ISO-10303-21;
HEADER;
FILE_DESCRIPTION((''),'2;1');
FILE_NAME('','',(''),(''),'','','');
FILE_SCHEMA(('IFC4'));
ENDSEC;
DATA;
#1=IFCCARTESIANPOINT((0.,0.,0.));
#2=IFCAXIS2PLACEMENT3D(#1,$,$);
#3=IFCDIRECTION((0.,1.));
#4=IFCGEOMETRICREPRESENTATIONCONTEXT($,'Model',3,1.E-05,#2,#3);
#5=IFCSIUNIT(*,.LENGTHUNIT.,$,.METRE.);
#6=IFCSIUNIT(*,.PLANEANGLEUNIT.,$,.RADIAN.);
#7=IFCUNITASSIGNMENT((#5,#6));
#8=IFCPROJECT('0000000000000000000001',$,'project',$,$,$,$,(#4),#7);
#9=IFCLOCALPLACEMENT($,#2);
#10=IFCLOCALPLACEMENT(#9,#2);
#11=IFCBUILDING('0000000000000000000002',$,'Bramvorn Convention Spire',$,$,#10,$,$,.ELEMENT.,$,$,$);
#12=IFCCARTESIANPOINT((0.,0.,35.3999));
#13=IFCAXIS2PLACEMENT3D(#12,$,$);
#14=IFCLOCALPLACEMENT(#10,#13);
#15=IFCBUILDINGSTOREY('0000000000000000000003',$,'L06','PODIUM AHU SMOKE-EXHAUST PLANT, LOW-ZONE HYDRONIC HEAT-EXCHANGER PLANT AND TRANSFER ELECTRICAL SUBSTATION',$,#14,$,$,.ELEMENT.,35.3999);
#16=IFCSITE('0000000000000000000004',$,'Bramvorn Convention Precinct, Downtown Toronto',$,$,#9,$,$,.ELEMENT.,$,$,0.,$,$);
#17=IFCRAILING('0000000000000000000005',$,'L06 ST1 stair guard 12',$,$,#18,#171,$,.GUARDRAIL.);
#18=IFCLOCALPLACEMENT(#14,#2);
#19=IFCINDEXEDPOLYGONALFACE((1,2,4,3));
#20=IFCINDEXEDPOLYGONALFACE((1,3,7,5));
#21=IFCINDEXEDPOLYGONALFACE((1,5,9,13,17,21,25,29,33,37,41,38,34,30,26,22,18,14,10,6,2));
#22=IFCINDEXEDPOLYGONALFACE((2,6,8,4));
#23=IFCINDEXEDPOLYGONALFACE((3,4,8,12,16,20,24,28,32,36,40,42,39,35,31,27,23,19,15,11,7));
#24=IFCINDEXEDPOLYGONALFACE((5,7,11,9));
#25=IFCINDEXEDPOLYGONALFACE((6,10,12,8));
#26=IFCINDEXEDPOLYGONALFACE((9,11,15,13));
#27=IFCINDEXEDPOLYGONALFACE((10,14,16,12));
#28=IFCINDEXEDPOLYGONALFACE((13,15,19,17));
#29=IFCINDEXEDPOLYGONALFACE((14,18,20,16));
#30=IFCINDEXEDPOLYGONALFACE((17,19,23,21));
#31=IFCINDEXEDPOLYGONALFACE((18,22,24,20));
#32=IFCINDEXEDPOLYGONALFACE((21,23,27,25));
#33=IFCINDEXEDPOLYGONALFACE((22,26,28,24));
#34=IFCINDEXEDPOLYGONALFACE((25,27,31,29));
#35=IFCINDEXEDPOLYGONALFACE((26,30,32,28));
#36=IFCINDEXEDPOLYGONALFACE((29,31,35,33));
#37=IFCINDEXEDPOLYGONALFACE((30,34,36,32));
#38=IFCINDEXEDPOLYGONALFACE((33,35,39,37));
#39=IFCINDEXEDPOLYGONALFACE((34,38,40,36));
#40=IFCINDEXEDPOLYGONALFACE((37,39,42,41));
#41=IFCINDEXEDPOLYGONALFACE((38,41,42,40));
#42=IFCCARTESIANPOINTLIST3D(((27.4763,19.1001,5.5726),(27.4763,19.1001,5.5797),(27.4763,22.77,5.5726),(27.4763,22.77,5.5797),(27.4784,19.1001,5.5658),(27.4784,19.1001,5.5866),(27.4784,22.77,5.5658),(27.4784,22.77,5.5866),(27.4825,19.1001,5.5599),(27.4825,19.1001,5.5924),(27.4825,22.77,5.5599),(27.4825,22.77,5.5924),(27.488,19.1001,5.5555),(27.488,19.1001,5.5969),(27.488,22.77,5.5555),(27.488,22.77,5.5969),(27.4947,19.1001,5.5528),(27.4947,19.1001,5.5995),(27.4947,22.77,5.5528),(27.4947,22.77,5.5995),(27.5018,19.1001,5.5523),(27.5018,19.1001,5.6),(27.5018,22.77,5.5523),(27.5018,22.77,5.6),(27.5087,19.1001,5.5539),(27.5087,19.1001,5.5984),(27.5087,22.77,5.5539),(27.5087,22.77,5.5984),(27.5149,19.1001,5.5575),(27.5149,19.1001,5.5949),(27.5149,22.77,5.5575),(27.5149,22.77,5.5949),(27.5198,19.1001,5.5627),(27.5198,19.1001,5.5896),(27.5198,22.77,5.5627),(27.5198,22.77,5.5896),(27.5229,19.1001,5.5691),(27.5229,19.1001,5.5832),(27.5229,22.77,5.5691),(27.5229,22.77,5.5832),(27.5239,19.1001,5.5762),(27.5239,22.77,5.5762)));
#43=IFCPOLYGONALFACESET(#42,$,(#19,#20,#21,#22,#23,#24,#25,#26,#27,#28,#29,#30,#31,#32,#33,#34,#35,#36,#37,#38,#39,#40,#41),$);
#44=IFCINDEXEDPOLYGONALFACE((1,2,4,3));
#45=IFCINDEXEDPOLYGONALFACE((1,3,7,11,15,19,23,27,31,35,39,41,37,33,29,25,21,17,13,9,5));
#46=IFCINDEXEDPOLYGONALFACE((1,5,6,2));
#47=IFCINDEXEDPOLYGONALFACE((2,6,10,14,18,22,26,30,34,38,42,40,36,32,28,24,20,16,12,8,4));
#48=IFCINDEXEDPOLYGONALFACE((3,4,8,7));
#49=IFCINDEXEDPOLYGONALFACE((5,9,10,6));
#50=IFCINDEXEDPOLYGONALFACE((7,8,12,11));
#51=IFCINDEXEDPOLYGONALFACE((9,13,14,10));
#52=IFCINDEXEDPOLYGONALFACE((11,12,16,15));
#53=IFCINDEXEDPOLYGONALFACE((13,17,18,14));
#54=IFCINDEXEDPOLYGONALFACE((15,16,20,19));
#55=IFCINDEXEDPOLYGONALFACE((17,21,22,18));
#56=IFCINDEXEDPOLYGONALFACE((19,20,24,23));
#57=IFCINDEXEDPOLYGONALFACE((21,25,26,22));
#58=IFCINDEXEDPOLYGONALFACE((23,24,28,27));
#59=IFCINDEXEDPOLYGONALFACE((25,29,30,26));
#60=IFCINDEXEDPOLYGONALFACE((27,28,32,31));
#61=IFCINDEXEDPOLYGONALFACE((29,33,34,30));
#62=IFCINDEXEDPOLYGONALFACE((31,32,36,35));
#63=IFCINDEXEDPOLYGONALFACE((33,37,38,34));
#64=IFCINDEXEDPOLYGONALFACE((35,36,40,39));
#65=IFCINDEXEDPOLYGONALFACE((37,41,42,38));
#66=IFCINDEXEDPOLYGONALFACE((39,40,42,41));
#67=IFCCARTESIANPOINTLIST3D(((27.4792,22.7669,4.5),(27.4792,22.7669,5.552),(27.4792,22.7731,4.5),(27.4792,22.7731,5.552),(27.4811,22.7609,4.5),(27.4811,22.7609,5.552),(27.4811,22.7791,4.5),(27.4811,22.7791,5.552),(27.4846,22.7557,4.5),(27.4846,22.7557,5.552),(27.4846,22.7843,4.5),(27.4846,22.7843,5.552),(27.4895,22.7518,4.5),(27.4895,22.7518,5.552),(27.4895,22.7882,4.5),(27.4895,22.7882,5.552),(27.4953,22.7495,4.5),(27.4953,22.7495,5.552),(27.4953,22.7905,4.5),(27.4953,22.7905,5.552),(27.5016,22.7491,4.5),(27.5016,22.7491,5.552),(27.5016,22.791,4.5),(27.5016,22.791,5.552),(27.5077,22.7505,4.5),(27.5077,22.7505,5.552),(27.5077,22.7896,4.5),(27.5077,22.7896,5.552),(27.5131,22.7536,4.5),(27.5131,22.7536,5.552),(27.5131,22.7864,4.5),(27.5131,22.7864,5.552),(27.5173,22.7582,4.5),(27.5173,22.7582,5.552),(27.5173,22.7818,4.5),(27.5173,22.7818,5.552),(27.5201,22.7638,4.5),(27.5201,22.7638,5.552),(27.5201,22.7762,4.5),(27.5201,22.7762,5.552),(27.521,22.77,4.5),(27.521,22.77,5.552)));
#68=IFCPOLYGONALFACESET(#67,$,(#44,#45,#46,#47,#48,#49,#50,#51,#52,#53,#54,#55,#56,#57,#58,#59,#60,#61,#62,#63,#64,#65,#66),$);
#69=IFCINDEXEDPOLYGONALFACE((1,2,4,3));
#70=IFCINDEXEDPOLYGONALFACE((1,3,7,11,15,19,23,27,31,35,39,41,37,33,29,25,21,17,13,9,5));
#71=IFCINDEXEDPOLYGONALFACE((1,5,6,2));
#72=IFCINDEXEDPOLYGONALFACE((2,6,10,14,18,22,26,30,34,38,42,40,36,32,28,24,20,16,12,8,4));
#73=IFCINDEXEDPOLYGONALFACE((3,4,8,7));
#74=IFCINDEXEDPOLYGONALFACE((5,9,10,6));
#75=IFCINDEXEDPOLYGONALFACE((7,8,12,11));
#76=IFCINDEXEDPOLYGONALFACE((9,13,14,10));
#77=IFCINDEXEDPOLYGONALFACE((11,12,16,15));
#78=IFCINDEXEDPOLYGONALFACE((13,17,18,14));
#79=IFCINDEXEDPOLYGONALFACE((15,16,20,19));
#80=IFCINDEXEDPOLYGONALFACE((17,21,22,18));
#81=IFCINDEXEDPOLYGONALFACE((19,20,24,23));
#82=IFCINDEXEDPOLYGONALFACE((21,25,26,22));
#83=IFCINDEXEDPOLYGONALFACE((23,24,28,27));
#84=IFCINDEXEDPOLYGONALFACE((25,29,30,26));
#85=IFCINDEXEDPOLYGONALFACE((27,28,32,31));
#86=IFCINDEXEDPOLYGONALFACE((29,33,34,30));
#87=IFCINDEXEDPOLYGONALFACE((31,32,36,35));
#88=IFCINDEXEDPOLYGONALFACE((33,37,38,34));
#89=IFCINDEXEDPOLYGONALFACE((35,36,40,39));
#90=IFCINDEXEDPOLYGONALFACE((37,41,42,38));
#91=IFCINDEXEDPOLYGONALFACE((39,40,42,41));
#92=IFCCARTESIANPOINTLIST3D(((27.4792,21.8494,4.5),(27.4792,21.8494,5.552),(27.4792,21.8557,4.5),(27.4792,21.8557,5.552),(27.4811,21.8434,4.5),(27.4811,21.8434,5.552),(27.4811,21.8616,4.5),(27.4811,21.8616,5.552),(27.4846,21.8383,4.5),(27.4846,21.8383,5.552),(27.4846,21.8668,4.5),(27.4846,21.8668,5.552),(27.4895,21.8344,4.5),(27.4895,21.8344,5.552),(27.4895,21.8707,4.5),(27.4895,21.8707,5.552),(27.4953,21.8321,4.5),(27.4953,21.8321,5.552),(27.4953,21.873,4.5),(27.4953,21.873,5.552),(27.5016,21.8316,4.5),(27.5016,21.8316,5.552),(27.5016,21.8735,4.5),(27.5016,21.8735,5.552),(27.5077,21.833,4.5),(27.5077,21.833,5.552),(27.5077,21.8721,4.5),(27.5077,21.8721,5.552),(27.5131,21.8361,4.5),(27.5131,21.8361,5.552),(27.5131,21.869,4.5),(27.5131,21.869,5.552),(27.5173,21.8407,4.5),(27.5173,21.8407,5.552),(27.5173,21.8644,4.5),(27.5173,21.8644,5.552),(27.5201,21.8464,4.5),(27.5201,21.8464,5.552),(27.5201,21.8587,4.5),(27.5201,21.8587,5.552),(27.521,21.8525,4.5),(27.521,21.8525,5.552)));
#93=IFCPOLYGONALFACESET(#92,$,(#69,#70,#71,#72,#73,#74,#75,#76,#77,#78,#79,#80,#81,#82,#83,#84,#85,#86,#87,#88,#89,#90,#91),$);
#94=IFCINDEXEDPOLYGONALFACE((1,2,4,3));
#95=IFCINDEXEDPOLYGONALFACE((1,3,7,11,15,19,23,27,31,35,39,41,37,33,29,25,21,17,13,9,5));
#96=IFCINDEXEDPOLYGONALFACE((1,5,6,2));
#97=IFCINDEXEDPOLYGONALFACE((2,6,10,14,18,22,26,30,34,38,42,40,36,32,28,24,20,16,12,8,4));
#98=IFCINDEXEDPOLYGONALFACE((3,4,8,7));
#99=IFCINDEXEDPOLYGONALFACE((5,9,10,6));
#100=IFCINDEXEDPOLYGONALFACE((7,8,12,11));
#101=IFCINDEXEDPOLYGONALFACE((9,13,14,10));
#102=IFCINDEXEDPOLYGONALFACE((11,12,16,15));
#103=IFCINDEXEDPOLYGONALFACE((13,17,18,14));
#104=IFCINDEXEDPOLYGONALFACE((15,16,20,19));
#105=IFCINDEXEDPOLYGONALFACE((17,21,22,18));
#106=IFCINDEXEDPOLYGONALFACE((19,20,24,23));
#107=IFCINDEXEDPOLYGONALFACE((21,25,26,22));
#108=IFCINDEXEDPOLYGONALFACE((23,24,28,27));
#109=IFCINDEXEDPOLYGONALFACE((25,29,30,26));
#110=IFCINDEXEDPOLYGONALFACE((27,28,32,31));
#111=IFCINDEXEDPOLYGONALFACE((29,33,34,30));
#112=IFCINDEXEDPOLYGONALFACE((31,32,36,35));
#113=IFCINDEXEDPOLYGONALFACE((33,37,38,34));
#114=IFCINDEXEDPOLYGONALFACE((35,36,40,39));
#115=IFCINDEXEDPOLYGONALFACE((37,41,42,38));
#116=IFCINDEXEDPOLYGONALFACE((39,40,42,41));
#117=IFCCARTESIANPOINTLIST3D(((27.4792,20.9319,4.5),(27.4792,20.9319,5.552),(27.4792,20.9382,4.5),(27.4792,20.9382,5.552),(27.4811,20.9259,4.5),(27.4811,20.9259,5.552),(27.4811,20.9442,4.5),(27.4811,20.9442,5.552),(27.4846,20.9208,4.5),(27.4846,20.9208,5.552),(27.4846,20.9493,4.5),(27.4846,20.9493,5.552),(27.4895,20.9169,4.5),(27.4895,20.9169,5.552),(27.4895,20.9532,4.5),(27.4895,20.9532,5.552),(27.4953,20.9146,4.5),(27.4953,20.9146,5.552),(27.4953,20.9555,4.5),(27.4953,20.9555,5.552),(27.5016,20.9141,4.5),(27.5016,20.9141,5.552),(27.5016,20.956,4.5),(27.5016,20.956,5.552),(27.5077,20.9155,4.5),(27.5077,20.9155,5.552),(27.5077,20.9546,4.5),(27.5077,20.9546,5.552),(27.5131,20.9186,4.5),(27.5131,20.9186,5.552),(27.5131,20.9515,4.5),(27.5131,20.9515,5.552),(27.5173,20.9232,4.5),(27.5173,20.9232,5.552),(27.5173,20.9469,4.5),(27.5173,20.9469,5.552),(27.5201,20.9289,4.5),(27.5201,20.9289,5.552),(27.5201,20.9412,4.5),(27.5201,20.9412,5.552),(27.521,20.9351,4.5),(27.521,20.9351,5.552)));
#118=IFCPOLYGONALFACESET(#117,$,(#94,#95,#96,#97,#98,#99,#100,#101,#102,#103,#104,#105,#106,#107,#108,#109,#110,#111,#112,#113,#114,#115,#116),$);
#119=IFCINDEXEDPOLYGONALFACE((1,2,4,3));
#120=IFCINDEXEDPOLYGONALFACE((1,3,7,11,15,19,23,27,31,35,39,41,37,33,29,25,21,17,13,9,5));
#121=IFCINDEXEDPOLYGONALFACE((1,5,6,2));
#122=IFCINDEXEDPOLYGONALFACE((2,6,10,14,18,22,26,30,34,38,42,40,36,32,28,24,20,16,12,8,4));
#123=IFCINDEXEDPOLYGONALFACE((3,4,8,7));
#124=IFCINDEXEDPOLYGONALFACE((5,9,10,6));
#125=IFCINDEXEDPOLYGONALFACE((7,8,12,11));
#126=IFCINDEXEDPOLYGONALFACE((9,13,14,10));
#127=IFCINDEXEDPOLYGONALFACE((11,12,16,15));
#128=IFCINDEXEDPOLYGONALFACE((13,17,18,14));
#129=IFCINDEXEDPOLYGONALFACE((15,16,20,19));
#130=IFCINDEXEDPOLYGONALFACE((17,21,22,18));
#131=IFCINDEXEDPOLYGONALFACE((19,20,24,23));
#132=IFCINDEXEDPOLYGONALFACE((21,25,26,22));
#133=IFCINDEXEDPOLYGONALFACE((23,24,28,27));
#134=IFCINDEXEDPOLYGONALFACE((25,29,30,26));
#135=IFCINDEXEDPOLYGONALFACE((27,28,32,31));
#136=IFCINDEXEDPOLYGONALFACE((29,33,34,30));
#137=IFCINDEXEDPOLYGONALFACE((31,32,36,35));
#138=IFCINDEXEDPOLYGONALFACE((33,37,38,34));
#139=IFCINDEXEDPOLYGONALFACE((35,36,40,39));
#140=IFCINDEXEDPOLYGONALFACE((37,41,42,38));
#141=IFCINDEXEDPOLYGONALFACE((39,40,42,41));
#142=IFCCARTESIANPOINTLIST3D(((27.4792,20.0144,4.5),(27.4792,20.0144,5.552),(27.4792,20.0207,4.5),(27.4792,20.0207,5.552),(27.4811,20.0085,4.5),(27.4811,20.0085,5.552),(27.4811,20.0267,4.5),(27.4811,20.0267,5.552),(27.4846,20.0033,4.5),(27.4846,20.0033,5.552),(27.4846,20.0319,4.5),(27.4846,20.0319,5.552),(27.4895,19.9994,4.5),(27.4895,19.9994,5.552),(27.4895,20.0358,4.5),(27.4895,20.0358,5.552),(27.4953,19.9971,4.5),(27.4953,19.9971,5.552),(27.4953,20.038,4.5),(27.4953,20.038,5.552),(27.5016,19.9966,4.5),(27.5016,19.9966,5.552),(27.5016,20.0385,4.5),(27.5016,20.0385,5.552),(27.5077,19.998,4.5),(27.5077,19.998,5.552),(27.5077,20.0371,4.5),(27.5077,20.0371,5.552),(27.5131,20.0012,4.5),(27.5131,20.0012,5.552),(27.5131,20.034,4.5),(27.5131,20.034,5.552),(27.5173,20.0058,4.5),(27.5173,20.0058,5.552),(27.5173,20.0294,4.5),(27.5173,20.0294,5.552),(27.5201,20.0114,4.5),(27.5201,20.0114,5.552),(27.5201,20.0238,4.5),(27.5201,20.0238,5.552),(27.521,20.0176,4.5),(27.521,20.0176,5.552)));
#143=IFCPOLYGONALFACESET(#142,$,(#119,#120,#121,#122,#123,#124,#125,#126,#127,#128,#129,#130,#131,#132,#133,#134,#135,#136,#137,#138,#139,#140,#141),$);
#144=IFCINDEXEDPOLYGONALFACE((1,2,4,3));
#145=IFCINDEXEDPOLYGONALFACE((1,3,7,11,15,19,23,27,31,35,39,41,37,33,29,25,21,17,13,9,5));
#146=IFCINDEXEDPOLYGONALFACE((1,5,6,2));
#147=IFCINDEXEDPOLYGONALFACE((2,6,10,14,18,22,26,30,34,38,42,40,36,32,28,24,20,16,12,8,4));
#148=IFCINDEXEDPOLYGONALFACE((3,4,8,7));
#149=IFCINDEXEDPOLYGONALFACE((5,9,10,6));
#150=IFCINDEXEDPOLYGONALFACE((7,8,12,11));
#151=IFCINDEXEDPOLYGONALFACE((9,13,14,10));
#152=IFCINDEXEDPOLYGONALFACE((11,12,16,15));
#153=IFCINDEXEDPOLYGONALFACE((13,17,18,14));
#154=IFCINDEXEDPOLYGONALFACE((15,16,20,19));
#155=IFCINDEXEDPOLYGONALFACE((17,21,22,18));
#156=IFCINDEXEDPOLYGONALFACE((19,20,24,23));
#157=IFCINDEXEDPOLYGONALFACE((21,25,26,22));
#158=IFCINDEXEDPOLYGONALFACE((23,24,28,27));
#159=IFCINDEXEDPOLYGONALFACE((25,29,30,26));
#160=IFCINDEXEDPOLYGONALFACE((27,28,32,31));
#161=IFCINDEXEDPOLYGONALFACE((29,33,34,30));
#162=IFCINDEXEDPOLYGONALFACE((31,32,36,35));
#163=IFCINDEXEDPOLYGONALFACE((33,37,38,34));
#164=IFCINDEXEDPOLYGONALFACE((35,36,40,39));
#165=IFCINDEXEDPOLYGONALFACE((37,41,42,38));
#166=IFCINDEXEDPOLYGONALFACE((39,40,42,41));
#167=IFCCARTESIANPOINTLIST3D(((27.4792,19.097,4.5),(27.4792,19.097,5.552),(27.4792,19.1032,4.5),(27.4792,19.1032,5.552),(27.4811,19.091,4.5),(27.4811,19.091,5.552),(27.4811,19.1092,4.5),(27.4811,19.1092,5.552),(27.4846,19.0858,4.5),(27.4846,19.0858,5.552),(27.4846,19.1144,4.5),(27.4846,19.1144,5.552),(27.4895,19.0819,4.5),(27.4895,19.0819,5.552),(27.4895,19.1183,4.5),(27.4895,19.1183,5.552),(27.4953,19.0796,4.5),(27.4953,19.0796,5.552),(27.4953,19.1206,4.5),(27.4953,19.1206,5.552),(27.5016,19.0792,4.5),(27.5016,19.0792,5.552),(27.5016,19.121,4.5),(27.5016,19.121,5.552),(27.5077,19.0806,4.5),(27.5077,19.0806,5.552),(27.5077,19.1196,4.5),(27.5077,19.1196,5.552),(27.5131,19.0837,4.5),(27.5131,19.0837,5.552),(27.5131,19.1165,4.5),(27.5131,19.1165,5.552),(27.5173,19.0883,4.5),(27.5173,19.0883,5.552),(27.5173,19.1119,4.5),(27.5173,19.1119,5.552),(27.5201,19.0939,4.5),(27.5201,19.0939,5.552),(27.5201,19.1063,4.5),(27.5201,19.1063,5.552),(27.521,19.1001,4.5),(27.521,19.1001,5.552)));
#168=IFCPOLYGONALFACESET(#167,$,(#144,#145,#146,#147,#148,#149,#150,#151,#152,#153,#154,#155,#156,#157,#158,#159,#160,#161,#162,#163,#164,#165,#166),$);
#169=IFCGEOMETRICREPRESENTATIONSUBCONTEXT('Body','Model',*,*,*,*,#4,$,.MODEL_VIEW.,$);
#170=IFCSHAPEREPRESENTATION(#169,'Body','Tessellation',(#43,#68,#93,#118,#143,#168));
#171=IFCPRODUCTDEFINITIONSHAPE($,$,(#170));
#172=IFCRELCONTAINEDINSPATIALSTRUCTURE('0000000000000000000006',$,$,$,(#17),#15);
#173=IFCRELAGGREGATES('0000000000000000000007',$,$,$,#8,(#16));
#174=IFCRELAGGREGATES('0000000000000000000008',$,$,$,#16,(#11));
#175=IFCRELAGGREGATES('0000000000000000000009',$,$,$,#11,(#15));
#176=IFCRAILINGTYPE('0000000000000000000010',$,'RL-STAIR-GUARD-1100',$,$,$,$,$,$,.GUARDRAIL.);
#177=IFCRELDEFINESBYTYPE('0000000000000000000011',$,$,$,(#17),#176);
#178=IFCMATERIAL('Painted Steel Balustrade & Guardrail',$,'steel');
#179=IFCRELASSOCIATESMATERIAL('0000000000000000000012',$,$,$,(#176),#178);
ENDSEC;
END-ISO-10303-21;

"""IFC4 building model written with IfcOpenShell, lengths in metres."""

from ifc_helpers import new_model, si_unit, direction, frame, origin, origin_2d, place, context, subcontext, project, spatial, circle, extrude, material, type_object, element, save


model = new_model("IFC4")

# Units and contexts
model_context = context("Model", 3, precision=1e-05, world=origin(), true_north=direction((0.0, 1.0)))
body_context = subcontext(model_context, "Body", "Model", "MODEL_VIEW")
ifc_project = project(units=[si_unit("LENGTHUNIT", "METRE"), si_unit("PLANEANGLEUNIT", "RADIAN")], contexts=[model_context])

# Site, building, storey
site_placement = place(None, origin())
site = spatial("IfcSite", under=ifc_project, at=site_placement, Name="Bramvorn Convention Precinct, Downtown Toronto", CompositionType="ELEMENT", RefElevation=0.0)
building_placement = place(site_placement, origin())
building = spatial("IfcBuilding", under=site, at=building_placement, Name="Bramvorn Convention Spire", CompositionType="ELEMENT")
storey_placement = place(building_placement, frame((0.0, 0.0, 35.3999)))
storey = spatial("IfcBuildingStorey", under=building, at=storey_placement, Name="L06", Description="PODIUM AHU SMOKE-EXHAUST PLANT, LOW-ZONE HYDRONIC HEAT-EXCHANGER PLANT AND TRANSFER ELECTRICAL SUBSTATION", CompositionType="ELEMENT", Elevation=35.3999)

# Railing
ifc_material_1 = material(Name="Painted Steel Balustrade & Guardrail", Category="steel")
railing_type_1 = type_object("IfcRailingType", Name="RL-STAIR-GUARD-1100", PredefinedType="GUARDRAIL", material=ifc_material_1)
for number, where, name in (
    (1, (27.5, 22.77, 4.5), "L06 ST1 stair guard 12"),
):
    element("IfcRailing", number, at=place(storey_placement, frame(where)), inside=storey, type_object=railing_type_1, Name=name, PredefinedType="GUARDRAIL", context=body_context, shape_type="SweptSolid", body=[
        extrude(circle(Radius=0.0239, at=origin_2d()), frame((0.0, 0.0, 1.0762), z_axis=(0.0, -1.0, 0.0), x_axis=(1.0, 0.0, 0.0)), (0.0, 0.0, 1.0), 3.6699),
        extrude(circle(Radius=0.021, at=origin_2d()), origin(), (0.0, 0.0, 1.0), 1.052),
        extrude(circle(Radius=0.021, at=origin_2d()), frame((0.0, -0.9175, 0.0)), (0.0, 0.0, 1.0), 1.052),
        extrude(circle(Radius=0.021, at=origin_2d()), frame((0.0, -1.835, 0.0)), (0.0, 0.0, 1.0), 1.052),
        extrude(circle(Radius=0.021, at=origin_2d()), frame((0.0, -2.7524, 0.0)), (0.0, 0.0, 1.0), 1.052),
        extrude(circle(Radius=0.021, at=origin_2d()), frame((0.0, -3.6699, 0.0)), (0.0, 0.0, 1.0), 1.052),
    ])

save(model, "model.ifc")
